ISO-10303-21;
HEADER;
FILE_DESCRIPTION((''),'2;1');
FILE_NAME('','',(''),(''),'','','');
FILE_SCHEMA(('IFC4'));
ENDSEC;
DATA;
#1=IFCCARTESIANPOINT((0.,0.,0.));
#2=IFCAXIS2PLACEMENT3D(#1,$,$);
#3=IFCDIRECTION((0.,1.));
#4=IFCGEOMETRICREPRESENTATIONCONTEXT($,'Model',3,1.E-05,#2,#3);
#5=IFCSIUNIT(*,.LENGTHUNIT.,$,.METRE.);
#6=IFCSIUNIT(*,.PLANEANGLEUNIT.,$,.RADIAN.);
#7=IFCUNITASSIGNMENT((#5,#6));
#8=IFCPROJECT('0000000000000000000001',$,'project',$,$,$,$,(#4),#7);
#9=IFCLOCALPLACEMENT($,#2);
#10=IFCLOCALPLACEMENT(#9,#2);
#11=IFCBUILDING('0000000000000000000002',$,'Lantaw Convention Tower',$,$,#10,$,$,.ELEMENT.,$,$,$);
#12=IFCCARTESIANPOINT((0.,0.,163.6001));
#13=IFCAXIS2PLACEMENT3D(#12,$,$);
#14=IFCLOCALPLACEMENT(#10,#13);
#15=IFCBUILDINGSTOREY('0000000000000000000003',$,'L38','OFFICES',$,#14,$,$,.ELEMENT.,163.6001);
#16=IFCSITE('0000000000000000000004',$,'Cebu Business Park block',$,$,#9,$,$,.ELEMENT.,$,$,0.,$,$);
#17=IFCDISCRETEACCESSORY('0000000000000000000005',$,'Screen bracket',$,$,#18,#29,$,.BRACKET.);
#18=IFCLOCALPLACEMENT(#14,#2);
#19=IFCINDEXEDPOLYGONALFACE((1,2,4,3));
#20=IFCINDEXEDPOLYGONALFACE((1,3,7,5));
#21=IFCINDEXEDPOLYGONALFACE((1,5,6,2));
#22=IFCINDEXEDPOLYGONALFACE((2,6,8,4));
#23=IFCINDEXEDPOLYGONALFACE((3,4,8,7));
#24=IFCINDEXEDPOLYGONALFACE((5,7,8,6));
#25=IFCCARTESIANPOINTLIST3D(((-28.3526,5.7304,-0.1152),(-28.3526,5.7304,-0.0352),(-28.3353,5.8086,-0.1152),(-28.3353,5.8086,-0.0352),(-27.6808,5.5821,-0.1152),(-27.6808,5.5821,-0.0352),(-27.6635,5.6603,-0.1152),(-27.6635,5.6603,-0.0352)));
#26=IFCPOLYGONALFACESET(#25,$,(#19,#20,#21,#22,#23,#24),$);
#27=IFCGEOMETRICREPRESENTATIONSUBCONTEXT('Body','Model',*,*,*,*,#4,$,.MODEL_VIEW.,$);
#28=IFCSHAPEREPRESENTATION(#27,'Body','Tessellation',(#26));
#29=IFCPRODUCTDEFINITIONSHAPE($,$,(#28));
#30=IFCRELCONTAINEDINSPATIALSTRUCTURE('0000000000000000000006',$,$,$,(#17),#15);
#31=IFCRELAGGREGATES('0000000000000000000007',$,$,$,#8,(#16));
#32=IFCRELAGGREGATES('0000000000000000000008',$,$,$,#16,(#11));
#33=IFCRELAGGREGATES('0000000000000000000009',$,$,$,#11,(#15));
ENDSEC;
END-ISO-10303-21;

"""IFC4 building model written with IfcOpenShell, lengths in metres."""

from ifc_helpers import new_model, si_unit, direction, frame, origin, origin_2d, place, context, subcontext, project, spatial, rectangle, extrude, element, save


model = new_model("IFC4")

# Units and contexts
model_context = context("Model", 3, precision=1e-05, world=origin(), true_north=direction((0.0, 1.0)))
body_context = subcontext(model_context, "Body", "Model", "MODEL_VIEW")
ifc_project = project(units=[si_unit("LENGTHUNIT", "METRE"), si_unit("PLANEANGLEUNIT", "RADIAN")], contexts=[model_context])

# Site, building, storey
site_placement = place(None, origin())
site = spatial("IfcSite", under=ifc_project, at=site_placement, Name="Cebu Business Park block", CompositionType="ELEMENT", RefElevation=0.0)
building_placement = place(site_placement, origin())
building = spatial("IfcBuilding", under=site, at=building_placement, Name="Lantaw Convention Tower", CompositionType="ELEMENT")
storey_placement = place(building_placement, frame((0.0, 0.0, 163.6001)))
storey = spatial("IfcBuildingStorey", under=building, at=storey_placement, Name="L38", Description="OFFICES", CompositionType="ELEMENT", Elevation=163.6001)

# Discrete accessory
discrete_accessory_placement = place(storey_placement, frame((-28.0081, 5.6953, -0.1152), z_axis=(0.0, 0.0, 1.0), x_axis=(-0.215546, -0.976494, 0.0)))
element("IfcDiscreteAccessory", 1, at=discrete_accessory_placement, inside=storey, Name="Screen bracket", PredefinedType="BRACKET", context=body_context, shape_type="SweptSolid", body=[
    extrude(rectangle(XDim=0.0801, YDim=0.688, at=origin_2d()), origin(), (0.0, 0.0, 1.0), 0.0801),
])

save(model, "model.ifc")
